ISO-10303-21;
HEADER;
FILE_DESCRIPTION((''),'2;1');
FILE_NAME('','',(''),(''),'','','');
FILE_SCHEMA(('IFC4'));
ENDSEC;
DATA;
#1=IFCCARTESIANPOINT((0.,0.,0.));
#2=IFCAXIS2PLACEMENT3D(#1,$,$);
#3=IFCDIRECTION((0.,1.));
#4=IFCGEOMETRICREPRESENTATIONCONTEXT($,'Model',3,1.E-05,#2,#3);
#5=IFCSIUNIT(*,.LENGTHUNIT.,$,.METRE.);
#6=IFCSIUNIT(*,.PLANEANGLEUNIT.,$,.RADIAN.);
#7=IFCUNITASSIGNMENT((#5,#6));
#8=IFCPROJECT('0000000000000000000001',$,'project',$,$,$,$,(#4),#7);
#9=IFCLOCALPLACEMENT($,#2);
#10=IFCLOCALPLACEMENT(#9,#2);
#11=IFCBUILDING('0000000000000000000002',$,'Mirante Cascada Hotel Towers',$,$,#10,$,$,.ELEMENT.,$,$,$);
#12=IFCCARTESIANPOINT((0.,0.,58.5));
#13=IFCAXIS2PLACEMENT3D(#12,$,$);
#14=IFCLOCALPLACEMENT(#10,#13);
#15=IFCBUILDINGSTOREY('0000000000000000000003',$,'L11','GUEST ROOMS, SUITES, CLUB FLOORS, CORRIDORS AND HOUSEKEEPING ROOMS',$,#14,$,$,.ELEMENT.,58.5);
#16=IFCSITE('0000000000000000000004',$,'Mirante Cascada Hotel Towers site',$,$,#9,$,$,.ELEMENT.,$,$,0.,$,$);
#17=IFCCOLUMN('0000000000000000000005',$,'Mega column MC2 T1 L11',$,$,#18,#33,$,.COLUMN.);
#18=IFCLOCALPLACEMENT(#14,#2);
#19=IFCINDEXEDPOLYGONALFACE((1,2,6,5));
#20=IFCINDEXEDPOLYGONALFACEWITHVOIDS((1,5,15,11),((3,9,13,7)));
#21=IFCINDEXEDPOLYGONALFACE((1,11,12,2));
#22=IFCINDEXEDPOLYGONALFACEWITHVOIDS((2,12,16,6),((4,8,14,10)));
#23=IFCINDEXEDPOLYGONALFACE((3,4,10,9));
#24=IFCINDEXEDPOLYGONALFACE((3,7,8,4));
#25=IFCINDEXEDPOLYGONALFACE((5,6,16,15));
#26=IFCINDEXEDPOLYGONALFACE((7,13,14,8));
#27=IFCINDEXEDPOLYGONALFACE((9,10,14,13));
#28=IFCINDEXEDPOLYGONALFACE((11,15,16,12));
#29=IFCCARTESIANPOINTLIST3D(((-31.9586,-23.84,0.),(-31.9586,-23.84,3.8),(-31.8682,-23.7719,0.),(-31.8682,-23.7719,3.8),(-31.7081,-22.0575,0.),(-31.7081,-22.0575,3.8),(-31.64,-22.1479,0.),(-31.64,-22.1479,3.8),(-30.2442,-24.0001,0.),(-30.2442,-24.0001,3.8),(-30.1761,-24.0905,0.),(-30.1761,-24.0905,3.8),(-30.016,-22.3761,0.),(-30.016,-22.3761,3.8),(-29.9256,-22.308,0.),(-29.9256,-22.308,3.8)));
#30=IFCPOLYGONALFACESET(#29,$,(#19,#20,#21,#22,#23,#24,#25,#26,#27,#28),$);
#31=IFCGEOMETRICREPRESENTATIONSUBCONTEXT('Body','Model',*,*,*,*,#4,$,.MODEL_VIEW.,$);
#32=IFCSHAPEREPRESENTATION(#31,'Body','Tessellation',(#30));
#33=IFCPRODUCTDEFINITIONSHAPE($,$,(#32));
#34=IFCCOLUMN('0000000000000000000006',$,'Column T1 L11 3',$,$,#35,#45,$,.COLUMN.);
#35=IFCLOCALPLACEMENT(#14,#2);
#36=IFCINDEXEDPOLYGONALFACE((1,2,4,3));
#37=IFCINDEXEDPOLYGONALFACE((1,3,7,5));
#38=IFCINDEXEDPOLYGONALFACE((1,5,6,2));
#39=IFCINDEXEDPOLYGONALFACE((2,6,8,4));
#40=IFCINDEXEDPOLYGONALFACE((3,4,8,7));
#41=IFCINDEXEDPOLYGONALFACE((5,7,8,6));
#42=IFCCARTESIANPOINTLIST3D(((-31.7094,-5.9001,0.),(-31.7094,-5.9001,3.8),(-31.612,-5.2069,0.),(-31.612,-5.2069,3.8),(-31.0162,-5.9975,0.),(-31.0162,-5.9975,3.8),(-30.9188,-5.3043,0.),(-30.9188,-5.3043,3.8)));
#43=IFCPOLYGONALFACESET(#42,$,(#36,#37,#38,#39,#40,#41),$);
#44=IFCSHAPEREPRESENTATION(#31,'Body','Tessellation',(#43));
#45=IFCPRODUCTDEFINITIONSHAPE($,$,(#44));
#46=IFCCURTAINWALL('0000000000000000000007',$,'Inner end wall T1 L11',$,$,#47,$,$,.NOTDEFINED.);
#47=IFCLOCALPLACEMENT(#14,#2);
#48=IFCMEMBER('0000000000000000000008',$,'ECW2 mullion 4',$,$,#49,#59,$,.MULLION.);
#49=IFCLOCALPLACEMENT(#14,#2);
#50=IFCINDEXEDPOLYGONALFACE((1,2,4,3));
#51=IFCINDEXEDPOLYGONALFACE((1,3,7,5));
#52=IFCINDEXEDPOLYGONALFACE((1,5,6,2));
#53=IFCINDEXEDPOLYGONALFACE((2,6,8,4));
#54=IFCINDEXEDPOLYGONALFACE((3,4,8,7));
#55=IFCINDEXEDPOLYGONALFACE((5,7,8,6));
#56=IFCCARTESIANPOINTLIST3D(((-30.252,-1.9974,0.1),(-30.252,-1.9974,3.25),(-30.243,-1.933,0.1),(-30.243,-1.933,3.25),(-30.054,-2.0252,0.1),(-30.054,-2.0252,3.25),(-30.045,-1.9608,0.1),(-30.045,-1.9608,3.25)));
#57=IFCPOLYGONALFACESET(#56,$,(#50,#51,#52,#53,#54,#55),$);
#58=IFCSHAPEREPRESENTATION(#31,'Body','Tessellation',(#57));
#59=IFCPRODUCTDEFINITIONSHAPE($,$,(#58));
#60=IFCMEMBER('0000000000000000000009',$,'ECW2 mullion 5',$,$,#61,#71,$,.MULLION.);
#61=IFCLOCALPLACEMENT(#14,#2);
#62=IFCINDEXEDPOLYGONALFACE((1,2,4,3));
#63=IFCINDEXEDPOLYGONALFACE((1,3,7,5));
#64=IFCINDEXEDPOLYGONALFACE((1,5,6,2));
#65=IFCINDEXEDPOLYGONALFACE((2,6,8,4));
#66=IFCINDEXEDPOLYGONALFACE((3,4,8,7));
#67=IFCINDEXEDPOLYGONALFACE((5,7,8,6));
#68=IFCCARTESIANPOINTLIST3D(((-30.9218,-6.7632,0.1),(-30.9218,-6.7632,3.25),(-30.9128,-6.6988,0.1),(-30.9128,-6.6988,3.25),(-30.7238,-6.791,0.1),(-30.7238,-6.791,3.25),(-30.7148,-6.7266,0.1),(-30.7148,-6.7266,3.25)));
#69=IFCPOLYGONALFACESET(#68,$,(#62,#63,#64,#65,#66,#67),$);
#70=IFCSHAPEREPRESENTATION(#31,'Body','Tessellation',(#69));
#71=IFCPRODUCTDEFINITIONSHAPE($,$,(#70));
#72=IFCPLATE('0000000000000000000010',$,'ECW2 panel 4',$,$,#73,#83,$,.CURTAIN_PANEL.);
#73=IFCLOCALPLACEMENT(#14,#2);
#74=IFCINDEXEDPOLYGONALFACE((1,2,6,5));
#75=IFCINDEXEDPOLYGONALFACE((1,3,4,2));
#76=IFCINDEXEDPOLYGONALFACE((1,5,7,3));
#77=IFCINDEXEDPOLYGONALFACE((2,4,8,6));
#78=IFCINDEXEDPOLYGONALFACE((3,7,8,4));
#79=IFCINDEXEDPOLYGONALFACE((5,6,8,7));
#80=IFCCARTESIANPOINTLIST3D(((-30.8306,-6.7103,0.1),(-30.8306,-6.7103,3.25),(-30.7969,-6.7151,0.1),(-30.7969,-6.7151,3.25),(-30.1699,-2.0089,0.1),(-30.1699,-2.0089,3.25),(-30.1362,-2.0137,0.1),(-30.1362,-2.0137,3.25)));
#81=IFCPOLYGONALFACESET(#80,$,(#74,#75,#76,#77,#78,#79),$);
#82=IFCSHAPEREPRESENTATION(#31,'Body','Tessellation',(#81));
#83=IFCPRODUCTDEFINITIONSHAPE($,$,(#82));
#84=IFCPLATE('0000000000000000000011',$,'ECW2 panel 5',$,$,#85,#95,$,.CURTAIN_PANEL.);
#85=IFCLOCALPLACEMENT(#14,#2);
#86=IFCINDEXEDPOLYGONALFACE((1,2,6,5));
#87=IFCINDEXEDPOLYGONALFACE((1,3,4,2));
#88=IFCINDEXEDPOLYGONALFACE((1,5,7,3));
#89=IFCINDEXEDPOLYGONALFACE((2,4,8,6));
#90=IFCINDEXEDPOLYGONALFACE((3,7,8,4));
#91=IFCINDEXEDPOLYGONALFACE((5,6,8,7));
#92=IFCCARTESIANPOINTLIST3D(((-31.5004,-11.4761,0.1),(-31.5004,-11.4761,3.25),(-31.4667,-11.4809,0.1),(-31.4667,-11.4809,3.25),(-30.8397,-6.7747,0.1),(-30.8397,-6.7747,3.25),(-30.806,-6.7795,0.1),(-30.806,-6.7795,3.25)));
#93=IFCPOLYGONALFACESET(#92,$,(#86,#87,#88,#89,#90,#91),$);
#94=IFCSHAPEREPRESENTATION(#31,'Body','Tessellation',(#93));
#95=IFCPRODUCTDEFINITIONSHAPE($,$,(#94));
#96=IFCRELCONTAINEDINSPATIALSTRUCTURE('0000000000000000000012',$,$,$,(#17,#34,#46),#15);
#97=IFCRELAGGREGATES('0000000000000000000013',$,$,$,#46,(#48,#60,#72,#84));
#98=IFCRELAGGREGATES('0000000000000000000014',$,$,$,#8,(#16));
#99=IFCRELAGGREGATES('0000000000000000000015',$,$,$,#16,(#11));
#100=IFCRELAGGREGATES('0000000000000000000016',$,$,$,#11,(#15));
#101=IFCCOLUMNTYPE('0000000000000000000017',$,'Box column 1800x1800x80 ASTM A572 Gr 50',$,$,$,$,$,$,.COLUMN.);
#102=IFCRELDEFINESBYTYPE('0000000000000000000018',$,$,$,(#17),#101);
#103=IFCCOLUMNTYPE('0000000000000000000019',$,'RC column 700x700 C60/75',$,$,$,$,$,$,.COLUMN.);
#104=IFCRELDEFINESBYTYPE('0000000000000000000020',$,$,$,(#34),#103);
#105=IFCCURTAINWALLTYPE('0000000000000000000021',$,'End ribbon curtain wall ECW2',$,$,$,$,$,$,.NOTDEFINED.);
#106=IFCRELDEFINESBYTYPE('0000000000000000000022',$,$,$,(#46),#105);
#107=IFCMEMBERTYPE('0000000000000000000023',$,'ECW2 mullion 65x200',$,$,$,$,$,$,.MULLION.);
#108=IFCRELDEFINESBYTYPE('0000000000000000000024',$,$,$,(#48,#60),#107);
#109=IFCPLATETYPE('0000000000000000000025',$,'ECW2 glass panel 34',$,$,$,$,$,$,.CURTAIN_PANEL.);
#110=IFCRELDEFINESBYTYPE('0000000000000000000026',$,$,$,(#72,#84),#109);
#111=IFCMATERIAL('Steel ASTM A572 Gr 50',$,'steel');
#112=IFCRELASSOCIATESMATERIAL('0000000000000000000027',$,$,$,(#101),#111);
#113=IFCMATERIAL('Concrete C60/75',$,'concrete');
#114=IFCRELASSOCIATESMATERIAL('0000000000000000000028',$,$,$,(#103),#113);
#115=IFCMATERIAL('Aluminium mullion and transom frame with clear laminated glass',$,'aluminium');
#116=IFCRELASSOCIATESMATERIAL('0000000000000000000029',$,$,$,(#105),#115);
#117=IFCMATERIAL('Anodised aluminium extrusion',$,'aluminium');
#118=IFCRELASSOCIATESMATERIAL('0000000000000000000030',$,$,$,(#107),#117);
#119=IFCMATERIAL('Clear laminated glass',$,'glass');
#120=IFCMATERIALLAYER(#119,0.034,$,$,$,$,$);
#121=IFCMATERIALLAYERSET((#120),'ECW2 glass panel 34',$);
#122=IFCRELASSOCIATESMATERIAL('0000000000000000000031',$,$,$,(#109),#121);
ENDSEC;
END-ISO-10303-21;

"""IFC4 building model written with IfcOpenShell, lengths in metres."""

from ifc_helpers import new_model, si_unit, direction, frame, origin, origin_2d, place, context, subcontext, project, spatial, rectangle, hollow_rectangle, extrude, material, layer, layer_set, material_profile, profile_set, type_object, element, aggregate, save


model = new_model("IFC4")

# Units and contexts
model_context = context("Model", 3, precision=1e-05, world=origin(), true_north=direction((0.0, 1.0)))
body_context = subcontext(model_context, "Body", "Model", "MODEL_VIEW")
ifc_project = project(units=[si_unit("LENGTHUNIT", "METRE"), si_unit("PLANEANGLEUNIT", "RADIAN")], contexts=[model_context])

# Site, building, storey
site_placement = place(None, origin())
site = spatial("IfcSite", under=ifc_project, at=site_placement, Name="Mirante Cascada Hotel Towers site", CompositionType="ELEMENT", RefElevation=0.0)
building_placement = place(site_placement, origin())
building = spatial("IfcBuilding", under=site, at=building_placement, Name="Mirante Cascada Hotel Towers", CompositionType="ELEMENT")
storey_placement = place(building_placement, frame((0.0, 0.0, 58.5)))
storey = spatial("IfcBuildingStorey", under=building, at=storey_placement, Name="L11", Description="GUEST ROOMS, SUITES, CLUB FLOORS, CORRIDORS AND HOUSEKEEPING ROOMS", CompositionType="ELEMENT", Elevation=58.5)

# Columns
ifc_material_1 = material(Name="Steel ASTM A572 Gr 50", Category="steel")
ifc_material_profile_1 = material_profile(ifc_material_1, hollow_rectangle(XDim=1.8, YDim=1.8, WallThickness=0.08, at=origin_2d()), Name="Box column 1800x1800x80 ASTM A572 Gr 50")
ifc_profile_set_1 = profile_set([ifc_material_profile_1], Name="Steel ASTM A572 Gr 50")
column_type_1 = type_object("IfcColumnType", Name="Box column 1800x1800x80 ASTM A572 Gr 50", PredefinedType="COLUMN", material=ifc_profile_set_1)
column_1_placement = place(storey_placement, frame((-30.9421, -23.074, 0.0), z_axis=(0.0, 0.0, 1.0), x_axis=(-0.990268, 0.139173, 0.0)))
element("IfcColumn", 1, at=column_1_placement, inside=storey, type_object=column_type_1, Name="Mega column MC2 T1 L11", PredefinedType="COLUMN", context=body_context, shape_type="SweptSolid", body=[
    extrude(hollow_rectangle(XDim=1.8, YDim=1.8, WallThickness=0.08, at=origin_2d()), origin(), (0.0, 0.0, 1.0), 3.8),
])
ifc_material_2 = material(Name="Concrete C60/75", Category="concrete")
ifc_material_profile_2 = material_profile(ifc_material_2, rectangle(XDim=0.7, YDim=0.7, at=origin_2d()), Name="RC column 700x700 C60/75")
ifc_profile_set_2 = profile_set([ifc_material_profile_2], Name="Concrete C60/75")
column_type_2 = type_object("IfcColumnType", Name="RC column 700x700 C60/75", PredefinedType="COLUMN", material=ifc_profile_set_2)
column_2_placement = place(storey_placement, frame((-31.3141, -5.6022, 0.0), z_axis=(0.0, 0.0, 1.0), x_axis=(-0.990268, 0.139173, 0.0)))
element("IfcColumn", 2, at=column_2_placement, inside=storey, type_object=column_type_2, Name="Column T1 L11 3", PredefinedType="COLUMN", context=body_context, shape_type="SweptSolid", body=[
    extrude(rectangle(XDim=0.7, YDim=0.7, at=origin_2d()), origin(), (0.0, 0.0, 1.0), 3.8),
])

# Curtain wall, members, plates
ifc_material_3 = material(Name="Aluminium mullion and transom frame with clear laminated glass", Category="aluminium")
curtain_wall_type = type_object("IfcCurtainWallType", Name="End ribbon curtain wall ECW2", PredefinedType="NOTDEFINED", material=ifc_material_3)
curtain_wall_placement = place(storey_placement, origin())
curtain_wall = element("IfcCurtainWall", 3, at=curtain_wall_placement, inside=storey, type_object=curtain_wall_type, Name="Inner end wall T1 L11", PredefinedType="NOTDEFINED")
ifc_material_4 = material(Name="Anodised aluminium extrusion", Category="aluminium")
ifc_material_profile_3 = material_profile(ifc_material_4, rectangle(XDim=0.2, YDim=0.065, at=origin_2d()), Name="ECW2 MULLION 65x200")
ifc_profile_set_3 = profile_set([ifc_material_profile_3], Name="Anodised aluminium extrusion")
member_type = type_object("IfcMemberType", Name="ECW2 mullion 65x200", PredefinedType="MULLION", material=ifc_profile_set_3)
member_1_placement = place(storey_placement, frame((-30.1485, -1.9791, 0.1), z_axis=(0.0, 0.0, 1.0), x_axis=(0.990268, -0.139173, 0.0)))
member_1 = element("IfcMember", 4, at=member_1_placement, type_object=member_type, Name="ECW2 mullion 4", PredefinedType="MULLION", context=body_context, shape_type="SweptSolid", body=[
    extrude(rectangle(XDim=0.2, YDim=0.065, at=origin_2d()), origin(), (0.0, 0.0, 1.0), 3.15),
])
member_2_placement = place(storey_placement, frame((-30.8183, -6.7449, 0.1), z_axis=(0.0, 0.0, 1.0), x_axis=(0.990268, -0.139173, 0.0)))
member_2 = element("IfcMember", 5, at=member_2_placement, type_object=member_type, Name="ECW2 mullion 5", PredefinedType="MULLION", context=body_context, shape_type="SweptSolid", body=[
    extrude(rectangle(XDim=0.2, YDim=0.065, at=origin_2d()), origin(), (0.0, 0.0, 1.0), 3.15),
])
ifc_material_5 = material(Name="Clear laminated glass", Category="glass")
ifc_layer_1 = layer(ifc_material_5, 0.034)
ifc_layer_set_1 = layer_set([ifc_layer_1], Name="ECW2 glass panel 34")
plate_type = type_object("IfcPlateType", Name="ECW2 glass panel 34", PredefinedType="CURTAIN_PANEL", material=ifc_layer_set_1)
plate_1_placement = place(storey_placement, frame((-30.4834, -4.362, 0.1), z_axis=(0.0, 0.0, 1.0), x_axis=(-0.139173, -0.990268, 0.0)))
plate_1 = element("IfcPlate", 6, at=plate_1_placement, type_object=plate_type, Name="ECW2 panel 4", PredefinedType="CURTAIN_PANEL", context=body_context, shape_type="SweptSolid", body=[
    extrude(rectangle(XDim=4.7476, YDim=0.034, at=origin_2d()), origin(), (0.0, 0.0, 1.0), 3.15),
])
plate_2_placement = place(storey_placement, frame((-31.1532, -9.1278, 0.1), z_axis=(0.0, 0.0, 1.0), x_axis=(-0.139173, -0.990268, 0.0)))
plate_2 = element("IfcPlate", 7, at=plate_2_placement, type_object=plate_type, Name="ECW2 panel 5", PredefinedType="CURTAIN_PANEL", context=body_context, shape_type="SweptSolid", body=[
    extrude(rectangle(XDim=4.7476, YDim=0.034, at=origin_2d()), origin(), (0.0, 0.0, 1.0), 3.15),
])
aggregate(curtain_wall, [member_1, member_2, plate_1, plate_2])

save(model, "model.ifc")
